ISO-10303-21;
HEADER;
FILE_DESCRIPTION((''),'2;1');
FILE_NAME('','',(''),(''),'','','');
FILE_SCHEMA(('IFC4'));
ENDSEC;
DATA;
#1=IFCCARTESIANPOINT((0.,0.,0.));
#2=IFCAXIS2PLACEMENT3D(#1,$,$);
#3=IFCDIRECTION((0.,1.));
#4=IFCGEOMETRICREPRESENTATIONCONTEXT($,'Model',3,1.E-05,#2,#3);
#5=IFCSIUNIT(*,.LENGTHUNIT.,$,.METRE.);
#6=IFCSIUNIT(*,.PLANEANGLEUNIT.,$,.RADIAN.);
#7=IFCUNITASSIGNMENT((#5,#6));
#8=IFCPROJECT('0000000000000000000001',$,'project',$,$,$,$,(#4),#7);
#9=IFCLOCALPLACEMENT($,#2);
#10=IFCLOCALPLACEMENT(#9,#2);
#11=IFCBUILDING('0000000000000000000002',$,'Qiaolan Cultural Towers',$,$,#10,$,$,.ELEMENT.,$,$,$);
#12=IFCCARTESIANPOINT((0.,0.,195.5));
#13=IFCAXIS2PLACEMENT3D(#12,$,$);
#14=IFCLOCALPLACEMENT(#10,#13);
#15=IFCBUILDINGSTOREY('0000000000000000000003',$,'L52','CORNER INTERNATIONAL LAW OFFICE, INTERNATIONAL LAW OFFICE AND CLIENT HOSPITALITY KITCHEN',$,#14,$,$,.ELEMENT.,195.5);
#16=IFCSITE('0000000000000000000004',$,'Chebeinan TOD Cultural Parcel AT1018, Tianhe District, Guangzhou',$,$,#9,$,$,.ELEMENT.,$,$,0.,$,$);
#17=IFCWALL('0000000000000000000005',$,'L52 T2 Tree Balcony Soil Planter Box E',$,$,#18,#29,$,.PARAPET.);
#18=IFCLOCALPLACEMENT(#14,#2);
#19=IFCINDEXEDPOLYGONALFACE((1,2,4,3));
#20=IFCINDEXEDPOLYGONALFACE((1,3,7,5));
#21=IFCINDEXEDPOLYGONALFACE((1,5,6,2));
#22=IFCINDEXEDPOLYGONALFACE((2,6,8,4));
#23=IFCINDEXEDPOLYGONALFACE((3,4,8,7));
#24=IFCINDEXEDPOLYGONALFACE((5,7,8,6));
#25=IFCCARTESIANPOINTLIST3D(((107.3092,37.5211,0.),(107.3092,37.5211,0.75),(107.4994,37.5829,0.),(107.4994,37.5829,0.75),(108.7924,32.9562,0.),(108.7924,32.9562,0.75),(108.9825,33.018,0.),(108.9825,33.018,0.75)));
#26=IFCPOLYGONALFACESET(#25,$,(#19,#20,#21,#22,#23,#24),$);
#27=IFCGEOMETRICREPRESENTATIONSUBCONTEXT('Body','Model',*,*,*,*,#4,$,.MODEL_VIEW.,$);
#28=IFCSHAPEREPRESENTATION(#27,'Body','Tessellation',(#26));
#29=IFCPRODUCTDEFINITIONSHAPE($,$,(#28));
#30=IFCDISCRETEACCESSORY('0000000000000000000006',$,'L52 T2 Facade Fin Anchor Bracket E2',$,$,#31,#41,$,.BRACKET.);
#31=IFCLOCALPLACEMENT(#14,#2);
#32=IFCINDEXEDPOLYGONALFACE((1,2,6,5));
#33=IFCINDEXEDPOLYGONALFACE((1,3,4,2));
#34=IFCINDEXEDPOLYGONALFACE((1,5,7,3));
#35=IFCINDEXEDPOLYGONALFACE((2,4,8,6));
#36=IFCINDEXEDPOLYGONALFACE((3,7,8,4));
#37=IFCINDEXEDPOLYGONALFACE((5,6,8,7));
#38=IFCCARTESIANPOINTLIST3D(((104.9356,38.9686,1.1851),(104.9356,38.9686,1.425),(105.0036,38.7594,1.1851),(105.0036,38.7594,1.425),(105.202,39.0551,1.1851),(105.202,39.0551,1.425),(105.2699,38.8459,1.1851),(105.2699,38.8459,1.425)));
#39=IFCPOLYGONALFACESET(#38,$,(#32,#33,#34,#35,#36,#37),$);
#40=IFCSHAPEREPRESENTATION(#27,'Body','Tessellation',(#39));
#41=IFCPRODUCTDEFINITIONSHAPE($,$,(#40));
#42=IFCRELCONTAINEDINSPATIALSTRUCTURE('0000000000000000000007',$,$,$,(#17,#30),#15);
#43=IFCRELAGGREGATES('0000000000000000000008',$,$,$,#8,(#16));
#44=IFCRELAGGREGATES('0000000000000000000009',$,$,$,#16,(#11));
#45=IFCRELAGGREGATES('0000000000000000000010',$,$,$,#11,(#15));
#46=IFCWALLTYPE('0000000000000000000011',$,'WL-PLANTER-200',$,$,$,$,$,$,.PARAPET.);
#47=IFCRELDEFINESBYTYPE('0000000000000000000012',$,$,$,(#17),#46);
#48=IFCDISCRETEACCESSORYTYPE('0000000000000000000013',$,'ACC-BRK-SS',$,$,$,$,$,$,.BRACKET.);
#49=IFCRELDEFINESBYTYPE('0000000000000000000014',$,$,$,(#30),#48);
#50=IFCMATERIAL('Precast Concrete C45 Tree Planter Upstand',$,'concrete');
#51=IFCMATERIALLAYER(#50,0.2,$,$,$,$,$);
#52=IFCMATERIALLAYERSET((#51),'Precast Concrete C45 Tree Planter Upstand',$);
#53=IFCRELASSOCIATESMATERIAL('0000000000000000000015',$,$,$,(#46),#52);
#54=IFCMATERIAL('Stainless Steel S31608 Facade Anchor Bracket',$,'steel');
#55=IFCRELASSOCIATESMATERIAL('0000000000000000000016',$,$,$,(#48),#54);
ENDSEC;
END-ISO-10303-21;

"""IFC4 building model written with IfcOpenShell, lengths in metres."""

from ifc_helpers import new_model, si_unit, direction, frame, frame_2d, origin, origin_2d, place, context, subcontext, project, spatial, rectangle, extrude, material, layer, layer_set, type_object, element, save


model = new_model("IFC4")

# Units and contexts
model_context = context("Model", 3, precision=1e-05, world=origin(), true_north=direction((0.0, 1.0)))
body_context = subcontext(model_context, "Body", "Model", "MODEL_VIEW")
ifc_project = project(units=[si_unit("LENGTHUNIT", "METRE"), si_unit("PLANEANGLEUNIT", "RADIAN")], contexts=[model_context])

# Site, building, storey
site_placement = place(None, origin())
site = spatial("IfcSite", under=ifc_project, at=site_placement, Name="Chebeinan TOD Cultural Parcel AT1018, Tianhe District, Guangzhou", CompositionType="ELEMENT", RefElevation=0.0)
building_placement = place(site_placement, origin())
building = spatial("IfcBuilding", under=site, at=building_placement, Name="Qiaolan Cultural Towers", CompositionType="ELEMENT")
storey_placement = place(building_placement, frame((0.0, 0.0, 195.5)))
storey = spatial("IfcBuildingStorey", under=building, at=storey_placement, Name="L52", Description="CORNER INTERNATIONAL LAW OFFICE, INTERNATIONAL LAW OFFICE AND CLIENT HOSPITALITY KITCHEN", CompositionType="ELEMENT", Elevation=195.5)

# Wall
ifc_material_1 = material(Name="Precast Concrete C45 Tree Planter Upstand", Category="concrete")
ifc_layer_1 = layer(ifc_material_1, 0.2)
ifc_layer_set_1 = layer_set([ifc_layer_1], Name="Precast Concrete C45 Tree Planter Upstand")
wall_type_1 = type_object("IfcWallType", Name="WL-PLANTER-200", PredefinedType="PARAPET", material=ifc_layer_set_1)
wall_1_placement = place(storey_placement, frame((108.8875, 32.9871, 0.0), z_axis=(0.0, 0.0, 1.0), x_axis=(-0.309001, 0.951062, 0.0)))
element("IfcWall", 1, at=wall_1_placement, inside=storey, type_object=wall_type_1, Name="L52 T2 Tree Balcony Soil Planter Box E", PredefinedType="PARAPET", context=body_context, shape_type="SweptSolid", body=[
    extrude(rectangle(XDim=4.7998, YDim=0.2, at=frame_2d((2.3999, 0.0))), origin(), (0.0, 0.0, 1.0), 0.75),
])

# Discrete accessory
ifc_material_2 = material(Name="Stainless Steel S31608 Facade Anchor Bracket", Category="steel")
discrete_accessory_type = type_object("IfcDiscreteAccessoryType", Name="ACC-BRK-SS", PredefinedType="BRACKET", material=ifc_material_2)
discrete_accessory_placement = place(storey_placement, frame((105.1028, 38.9072, 1.1851), z_axis=(0.0, 0.0, 1.0), x_axis=(0.951057, 0.309017, 0.0)))
element("IfcDiscreteAccessory", 2, at=discrete_accessory_placement, inside=storey, type_object=discrete_accessory_type, Name="L52 T2 Facade Fin Anchor Bracket E2", PredefinedType="BRACKET", context=body_context, shape_type="SweptSolid", body=[
    extrude(rectangle(XDim=0.28, YDim=0.22, at=origin_2d()), origin(), (0.0, 0.0, 1.0), 0.24),
])

save(model, "model.ifc")
